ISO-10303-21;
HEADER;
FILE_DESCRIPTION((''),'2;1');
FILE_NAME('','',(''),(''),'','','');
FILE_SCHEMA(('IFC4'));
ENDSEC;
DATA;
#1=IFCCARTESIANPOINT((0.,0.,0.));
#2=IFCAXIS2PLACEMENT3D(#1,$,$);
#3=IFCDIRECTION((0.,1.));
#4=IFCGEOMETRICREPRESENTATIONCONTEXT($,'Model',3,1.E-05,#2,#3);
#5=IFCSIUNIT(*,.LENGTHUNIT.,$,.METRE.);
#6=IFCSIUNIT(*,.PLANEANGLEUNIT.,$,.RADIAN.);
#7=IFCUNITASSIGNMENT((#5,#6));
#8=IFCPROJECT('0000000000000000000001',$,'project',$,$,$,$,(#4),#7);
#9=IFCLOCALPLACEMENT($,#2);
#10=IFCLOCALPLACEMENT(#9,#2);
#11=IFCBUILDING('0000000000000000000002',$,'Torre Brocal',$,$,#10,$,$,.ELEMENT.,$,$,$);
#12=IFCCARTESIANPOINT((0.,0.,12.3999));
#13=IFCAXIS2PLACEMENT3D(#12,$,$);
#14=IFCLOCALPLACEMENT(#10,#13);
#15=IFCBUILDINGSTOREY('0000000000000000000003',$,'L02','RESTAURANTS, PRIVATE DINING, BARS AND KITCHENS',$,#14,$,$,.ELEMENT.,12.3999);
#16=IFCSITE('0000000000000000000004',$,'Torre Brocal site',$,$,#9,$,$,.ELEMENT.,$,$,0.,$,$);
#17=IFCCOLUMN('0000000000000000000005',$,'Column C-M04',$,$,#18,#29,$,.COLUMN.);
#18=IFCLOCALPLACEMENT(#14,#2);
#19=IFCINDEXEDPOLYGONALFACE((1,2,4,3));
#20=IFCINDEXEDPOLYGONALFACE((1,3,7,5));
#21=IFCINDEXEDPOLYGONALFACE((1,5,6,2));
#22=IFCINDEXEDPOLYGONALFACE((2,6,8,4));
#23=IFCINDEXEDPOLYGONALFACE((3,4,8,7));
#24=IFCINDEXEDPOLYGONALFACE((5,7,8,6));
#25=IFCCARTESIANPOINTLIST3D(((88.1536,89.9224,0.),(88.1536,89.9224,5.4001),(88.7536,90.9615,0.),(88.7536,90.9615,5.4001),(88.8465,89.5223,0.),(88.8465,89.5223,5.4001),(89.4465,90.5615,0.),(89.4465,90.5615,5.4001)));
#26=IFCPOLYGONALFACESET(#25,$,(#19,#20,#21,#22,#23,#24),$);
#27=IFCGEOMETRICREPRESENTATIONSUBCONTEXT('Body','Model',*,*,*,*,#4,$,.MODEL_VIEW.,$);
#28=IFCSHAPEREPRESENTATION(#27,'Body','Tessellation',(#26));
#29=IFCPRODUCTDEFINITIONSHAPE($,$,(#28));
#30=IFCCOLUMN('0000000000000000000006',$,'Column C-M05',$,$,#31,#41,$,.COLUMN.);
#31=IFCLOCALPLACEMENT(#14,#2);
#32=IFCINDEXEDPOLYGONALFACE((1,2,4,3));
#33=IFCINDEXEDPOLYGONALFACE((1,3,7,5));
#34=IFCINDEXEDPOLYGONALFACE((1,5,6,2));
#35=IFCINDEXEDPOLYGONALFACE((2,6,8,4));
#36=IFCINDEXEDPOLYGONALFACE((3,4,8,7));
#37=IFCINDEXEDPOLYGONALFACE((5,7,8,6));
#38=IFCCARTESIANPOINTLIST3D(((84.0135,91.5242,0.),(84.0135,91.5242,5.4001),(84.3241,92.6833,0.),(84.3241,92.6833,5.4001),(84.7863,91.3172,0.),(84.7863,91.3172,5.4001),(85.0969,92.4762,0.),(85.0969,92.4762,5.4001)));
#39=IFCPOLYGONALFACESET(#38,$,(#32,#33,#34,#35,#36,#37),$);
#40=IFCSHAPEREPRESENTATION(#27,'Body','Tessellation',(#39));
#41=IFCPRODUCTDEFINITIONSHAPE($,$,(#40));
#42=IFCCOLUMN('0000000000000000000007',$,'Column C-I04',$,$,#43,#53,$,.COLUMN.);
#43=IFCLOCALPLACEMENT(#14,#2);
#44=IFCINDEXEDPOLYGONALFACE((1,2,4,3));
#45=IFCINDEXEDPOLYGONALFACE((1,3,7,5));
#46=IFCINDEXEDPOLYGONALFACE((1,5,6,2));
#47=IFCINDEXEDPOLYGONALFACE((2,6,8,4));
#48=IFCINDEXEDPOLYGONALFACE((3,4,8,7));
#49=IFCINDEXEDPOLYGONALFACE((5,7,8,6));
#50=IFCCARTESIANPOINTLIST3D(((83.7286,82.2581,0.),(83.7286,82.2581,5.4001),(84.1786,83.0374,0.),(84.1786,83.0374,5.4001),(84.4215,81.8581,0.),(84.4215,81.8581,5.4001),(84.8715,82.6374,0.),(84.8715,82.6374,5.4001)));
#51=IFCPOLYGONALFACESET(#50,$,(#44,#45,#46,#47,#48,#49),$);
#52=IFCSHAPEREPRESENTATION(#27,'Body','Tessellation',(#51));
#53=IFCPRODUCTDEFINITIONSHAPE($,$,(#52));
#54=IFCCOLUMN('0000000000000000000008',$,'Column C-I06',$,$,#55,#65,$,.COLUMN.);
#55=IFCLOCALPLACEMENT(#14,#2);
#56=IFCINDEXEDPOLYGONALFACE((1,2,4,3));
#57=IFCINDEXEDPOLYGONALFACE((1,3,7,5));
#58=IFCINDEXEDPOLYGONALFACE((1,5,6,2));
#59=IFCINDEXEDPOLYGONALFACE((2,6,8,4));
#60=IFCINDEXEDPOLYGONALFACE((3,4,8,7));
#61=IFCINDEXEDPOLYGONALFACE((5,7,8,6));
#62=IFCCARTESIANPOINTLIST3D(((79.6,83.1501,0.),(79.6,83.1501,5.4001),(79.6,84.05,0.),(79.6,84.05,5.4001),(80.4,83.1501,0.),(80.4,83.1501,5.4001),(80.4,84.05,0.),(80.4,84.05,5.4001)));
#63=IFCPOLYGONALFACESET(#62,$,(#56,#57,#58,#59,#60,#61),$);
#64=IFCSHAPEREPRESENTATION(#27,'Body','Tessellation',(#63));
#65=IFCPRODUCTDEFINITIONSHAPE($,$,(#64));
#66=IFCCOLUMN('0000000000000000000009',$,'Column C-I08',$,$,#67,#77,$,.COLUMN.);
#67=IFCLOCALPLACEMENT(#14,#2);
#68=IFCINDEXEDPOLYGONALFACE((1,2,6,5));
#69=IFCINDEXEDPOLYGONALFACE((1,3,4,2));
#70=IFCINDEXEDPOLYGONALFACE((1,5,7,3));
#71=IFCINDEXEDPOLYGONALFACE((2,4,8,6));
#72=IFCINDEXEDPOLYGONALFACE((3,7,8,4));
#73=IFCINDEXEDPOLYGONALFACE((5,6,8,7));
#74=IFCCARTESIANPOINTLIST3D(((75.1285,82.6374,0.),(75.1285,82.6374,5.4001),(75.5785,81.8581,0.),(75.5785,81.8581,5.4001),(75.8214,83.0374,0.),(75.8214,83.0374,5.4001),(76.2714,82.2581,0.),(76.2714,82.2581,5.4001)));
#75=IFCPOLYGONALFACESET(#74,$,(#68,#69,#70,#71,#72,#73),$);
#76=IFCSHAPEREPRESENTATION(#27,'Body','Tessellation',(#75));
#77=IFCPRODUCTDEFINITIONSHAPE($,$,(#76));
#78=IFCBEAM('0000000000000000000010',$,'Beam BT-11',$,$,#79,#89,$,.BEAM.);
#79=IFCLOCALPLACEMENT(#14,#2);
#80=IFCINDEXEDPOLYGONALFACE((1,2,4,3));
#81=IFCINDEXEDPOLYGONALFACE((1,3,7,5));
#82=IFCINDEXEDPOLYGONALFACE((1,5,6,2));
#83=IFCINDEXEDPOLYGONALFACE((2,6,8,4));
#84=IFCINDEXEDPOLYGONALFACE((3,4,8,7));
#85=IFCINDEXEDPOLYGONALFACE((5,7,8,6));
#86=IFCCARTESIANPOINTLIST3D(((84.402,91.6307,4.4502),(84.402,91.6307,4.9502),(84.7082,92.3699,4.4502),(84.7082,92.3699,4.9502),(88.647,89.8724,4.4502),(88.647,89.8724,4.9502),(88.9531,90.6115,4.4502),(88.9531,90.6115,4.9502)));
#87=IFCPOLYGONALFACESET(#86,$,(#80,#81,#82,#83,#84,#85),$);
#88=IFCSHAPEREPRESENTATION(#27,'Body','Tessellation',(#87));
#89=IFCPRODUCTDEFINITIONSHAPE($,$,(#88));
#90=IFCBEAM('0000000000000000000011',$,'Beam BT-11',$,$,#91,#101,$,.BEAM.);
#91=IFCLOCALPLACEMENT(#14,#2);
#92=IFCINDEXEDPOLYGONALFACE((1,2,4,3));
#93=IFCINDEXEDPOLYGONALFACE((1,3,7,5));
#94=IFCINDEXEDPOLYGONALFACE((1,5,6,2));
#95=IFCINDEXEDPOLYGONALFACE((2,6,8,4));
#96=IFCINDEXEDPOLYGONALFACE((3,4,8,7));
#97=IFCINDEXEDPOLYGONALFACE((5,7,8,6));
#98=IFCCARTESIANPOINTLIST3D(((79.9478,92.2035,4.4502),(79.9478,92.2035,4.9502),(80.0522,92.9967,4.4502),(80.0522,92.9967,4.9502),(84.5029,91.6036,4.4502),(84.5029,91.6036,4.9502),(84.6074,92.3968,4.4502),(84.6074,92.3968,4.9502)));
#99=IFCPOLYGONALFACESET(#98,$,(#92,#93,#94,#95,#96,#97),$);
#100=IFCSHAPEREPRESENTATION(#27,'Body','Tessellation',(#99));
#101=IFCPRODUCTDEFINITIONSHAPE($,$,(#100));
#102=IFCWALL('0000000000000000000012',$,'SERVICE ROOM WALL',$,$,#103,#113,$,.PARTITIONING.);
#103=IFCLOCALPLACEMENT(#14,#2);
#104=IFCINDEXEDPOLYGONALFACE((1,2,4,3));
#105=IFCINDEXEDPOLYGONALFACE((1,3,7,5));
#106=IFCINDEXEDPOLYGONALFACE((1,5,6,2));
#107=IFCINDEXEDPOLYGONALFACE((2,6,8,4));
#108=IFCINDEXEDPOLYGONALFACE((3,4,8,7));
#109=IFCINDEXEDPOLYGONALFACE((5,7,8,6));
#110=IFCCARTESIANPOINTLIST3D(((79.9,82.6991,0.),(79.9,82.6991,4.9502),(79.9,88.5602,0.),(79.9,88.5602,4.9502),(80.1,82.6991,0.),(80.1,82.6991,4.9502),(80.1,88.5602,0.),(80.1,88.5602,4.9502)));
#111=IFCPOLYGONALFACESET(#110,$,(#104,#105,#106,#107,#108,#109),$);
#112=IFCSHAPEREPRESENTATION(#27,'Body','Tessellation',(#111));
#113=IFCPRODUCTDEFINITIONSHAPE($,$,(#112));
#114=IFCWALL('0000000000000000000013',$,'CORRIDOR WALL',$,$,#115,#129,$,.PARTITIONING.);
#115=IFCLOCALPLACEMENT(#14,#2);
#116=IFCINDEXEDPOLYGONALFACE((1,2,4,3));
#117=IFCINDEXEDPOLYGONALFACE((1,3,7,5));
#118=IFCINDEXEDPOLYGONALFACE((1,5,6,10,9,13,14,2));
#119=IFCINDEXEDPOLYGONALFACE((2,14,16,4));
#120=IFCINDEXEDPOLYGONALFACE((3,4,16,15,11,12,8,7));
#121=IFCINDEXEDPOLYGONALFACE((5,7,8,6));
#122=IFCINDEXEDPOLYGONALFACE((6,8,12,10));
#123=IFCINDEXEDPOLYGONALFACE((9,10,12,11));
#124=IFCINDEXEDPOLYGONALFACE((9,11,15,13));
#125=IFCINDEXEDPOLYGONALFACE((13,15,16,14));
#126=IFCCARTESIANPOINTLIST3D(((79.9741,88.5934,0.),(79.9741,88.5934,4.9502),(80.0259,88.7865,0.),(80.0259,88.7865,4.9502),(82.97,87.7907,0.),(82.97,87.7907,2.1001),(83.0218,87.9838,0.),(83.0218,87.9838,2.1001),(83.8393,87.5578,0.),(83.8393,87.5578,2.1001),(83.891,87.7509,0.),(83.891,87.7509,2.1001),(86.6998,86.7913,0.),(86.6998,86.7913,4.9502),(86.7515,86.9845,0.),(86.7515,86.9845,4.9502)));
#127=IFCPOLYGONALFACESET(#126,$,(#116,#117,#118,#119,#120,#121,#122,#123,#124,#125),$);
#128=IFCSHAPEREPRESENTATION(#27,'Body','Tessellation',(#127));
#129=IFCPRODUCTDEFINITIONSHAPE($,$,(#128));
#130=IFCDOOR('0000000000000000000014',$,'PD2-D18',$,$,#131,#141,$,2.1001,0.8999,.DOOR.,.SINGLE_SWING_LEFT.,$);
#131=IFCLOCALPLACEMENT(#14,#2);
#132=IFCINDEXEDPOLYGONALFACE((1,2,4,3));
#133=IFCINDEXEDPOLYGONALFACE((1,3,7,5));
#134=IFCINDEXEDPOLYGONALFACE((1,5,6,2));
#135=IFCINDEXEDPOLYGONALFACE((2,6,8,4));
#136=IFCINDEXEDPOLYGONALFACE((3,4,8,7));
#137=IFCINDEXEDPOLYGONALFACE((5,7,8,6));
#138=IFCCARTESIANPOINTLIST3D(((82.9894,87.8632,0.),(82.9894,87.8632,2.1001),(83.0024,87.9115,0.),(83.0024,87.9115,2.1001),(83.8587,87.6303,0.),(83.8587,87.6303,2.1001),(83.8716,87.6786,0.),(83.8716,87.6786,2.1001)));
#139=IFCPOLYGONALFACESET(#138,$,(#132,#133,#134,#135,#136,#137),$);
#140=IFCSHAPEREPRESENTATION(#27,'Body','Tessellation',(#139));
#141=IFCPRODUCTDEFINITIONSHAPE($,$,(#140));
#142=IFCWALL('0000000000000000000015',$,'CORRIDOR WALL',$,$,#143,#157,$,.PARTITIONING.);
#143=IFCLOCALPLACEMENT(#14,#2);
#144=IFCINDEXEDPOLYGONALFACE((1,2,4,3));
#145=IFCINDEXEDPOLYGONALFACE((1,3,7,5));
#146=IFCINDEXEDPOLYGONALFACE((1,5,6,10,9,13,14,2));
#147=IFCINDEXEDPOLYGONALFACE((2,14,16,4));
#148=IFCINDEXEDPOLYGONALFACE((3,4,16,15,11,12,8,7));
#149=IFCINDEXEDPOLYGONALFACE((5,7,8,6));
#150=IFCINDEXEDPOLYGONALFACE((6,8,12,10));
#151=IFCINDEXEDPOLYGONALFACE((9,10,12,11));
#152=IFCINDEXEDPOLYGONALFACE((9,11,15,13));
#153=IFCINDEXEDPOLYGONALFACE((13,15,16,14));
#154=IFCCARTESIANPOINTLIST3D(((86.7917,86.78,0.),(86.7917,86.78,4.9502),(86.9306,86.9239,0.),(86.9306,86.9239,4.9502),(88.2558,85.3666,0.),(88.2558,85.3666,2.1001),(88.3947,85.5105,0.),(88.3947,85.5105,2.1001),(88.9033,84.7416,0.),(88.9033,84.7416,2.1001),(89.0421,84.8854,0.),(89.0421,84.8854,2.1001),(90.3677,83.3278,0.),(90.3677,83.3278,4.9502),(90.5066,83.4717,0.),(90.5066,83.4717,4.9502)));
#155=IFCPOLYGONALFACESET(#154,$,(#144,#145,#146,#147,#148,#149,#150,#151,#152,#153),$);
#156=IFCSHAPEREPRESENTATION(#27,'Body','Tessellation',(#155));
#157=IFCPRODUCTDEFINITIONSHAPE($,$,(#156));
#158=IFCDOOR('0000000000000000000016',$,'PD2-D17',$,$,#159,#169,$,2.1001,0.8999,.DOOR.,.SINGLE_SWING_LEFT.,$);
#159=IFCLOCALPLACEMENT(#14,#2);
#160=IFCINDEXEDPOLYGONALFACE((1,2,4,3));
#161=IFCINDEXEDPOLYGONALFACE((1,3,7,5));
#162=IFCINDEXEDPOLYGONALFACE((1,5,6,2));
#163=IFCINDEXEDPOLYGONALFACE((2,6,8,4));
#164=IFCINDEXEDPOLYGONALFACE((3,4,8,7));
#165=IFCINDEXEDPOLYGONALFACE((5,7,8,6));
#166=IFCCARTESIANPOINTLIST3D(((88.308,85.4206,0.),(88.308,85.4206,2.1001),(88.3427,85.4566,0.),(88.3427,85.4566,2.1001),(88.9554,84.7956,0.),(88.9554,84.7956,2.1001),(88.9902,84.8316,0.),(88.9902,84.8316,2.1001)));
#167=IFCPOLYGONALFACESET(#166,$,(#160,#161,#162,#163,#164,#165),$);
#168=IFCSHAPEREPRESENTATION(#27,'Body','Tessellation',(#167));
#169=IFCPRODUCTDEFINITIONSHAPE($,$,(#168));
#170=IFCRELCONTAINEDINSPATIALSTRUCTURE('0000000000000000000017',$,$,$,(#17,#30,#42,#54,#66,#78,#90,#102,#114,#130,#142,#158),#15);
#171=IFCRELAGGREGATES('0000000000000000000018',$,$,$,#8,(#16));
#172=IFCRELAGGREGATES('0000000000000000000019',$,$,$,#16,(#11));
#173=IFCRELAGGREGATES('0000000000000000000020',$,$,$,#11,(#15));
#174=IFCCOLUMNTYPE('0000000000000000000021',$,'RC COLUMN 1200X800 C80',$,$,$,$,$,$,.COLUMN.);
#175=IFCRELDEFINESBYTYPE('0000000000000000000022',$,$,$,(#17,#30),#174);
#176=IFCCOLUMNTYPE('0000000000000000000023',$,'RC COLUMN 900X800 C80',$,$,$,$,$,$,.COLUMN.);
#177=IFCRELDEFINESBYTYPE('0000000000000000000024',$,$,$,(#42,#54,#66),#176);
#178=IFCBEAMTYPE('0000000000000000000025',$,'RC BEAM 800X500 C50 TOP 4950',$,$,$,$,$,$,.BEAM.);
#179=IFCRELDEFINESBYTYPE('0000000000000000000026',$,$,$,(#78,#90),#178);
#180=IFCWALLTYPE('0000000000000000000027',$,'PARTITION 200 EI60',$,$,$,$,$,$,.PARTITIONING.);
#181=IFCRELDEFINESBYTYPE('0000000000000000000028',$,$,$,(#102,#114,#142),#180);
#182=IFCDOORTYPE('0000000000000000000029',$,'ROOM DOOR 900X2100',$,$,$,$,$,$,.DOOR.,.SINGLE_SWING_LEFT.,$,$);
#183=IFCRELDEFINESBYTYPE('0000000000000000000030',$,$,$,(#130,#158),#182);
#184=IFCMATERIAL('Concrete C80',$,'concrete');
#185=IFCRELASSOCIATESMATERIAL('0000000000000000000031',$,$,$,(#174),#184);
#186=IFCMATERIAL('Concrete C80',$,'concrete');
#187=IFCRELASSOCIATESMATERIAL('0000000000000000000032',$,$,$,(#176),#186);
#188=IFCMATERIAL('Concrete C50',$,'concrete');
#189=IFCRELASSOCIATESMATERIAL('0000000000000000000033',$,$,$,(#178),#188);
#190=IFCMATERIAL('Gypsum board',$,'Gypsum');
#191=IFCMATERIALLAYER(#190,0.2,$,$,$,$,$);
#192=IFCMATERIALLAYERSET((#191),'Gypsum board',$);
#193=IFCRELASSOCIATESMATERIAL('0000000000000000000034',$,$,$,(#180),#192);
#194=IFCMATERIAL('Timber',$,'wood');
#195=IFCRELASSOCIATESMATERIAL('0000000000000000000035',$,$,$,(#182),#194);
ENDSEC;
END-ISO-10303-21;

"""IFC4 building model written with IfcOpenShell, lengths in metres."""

from ifc_helpers import new_model, si_unit, direction, frame, frame_2d, origin, origin_2d, place, context, subcontext, project, spatial, rectangle, extrude, material, layer, layer_set, material_profile, profile_set, type_object, element, fill, save


model = new_model("IFC4")

# Units and contexts
model_context = context("Model", 3, precision=1e-05, world=origin(), true_north=direction((0.0, 1.0)))
body_context = subcontext(model_context, "Body", "Model", "MODEL_VIEW")
ifc_project = project(units=[si_unit("LENGTHUNIT", "METRE"), si_unit("PLANEANGLEUNIT", "RADIAN")], contexts=[model_context])

# Site, building, storey
site_placement = place(None, origin())
site = spatial("IfcSite", under=ifc_project, at=site_placement, Name="Torre Brocal site", CompositionType="ELEMENT", RefElevation=0.0)
building_placement = place(site_placement, origin())
building = spatial("IfcBuilding", under=site, at=building_placement, Name="Torre Brocal", CompositionType="ELEMENT")
storey_placement = place(building_placement, frame((0.0, 0.0, 12.3999)))
storey = spatial("IfcBuildingStorey", under=building, at=storey_placement, Name="L02", Description="RESTAURANTS, PRIVATE DINING, BARS AND KITCHENS", CompositionType="ELEMENT", Elevation=12.3999)

# Columns
ifc_material_1 = material(Name="Concrete C80", Category="concrete")
ifc_material_profile_1 = material_profile(ifc_material_1, rectangle(XDim=1.2, YDim=0.8, at=origin_2d()), Name="RC 1200X800")
ifc_profile_set_1 = profile_set([ifc_material_profile_1], Name="Concrete C80")
column_type_1 = type_object("IfcColumnType", Name="RC COLUMN 1200X800 C80", PredefinedType="COLUMN", material=ifc_profile_set_1)
for number, where, z_axis, x_axis, name in (
    (1, (88.8, 90.2419, 0.0), (0.0, 0.0, 1.0), (0.5, 0.866025, 0.0), "Column C-M04"),
    (2, (84.5552, 92.0002, 0.0), (0.0, 0.0, 1.0), (0.258819, 0.965926, 0.0), "Column C-M05"),
):
    element("IfcColumn", number, at=place(storey_placement, frame(where, z_axis=z_axis, x_axis=x_axis)), inside=storey, type_object=column_type_1, Name=name, PredefinedType="COLUMN", context=body_context, shape_type="SweptSolid", body=[
        extrude(rectangle(XDim=1.2, YDim=0.8, at=origin_2d()), origin(), (0.0, 0.0, 1.0), 5.4001),
    ])
ifc_material_2 = material(Name="Concrete C80", Category="concrete")
ifc_material_profile_2 = material_profile(ifc_material_2, rectangle(XDim=0.8999, YDim=0.8, at=origin_2d()), Name="RC 900X800")
ifc_profile_set_2 = profile_set([ifc_material_profile_2], Name="Concrete C80")
column_type_2 = type_object("IfcColumnType", Name="RC COLUMN 900X800 C80", PredefinedType="COLUMN", material=ifc_profile_set_2)
for number, where, z_axis, x_axis, name in (
    (3, (84.3, 82.4478, 0.0), (0.0, 0.0, 1.0), (0.5, 0.866025, 0.0), "Column C-I04"),
    (4, (80.0, 83.6001, 0.0), (0.0, 0.0, 1.0), (0.0, 1.0, 0.0), "Column C-I06"),
    (5, (75.7, 82.4478, 0.0), (0.0, 0.0, 1.0), (-0.5, 0.866025, 0.0), "Column C-I08"),
):
    element("IfcColumn", number, at=place(storey_placement, frame(where, z_axis=z_axis, x_axis=x_axis)), inside=storey, type_object=column_type_2, Name=name, PredefinedType="COLUMN", context=body_context, shape_type="SweptSolid", body=[
        extrude(rectangle(XDim=0.8999, YDim=0.8, at=origin_2d()), origin(), (0.0, 0.0, 1.0), 5.4001),
    ])

# Beams
ifc_material_3 = material(Name="Concrete C50", Category="concrete")
ifc_material_profile_3 = material_profile(ifc_material_3, rectangle(XDim=0.8, YDim=0.5, at=origin_2d()), Name="RC 800X500")
ifc_profile_set_3 = profile_set([ifc_material_profile_3], Name="Concrete C50")
beam_type = type_object("IfcBeamType", Name="RC BEAM 800X500 C50 TOP 4950", PredefinedType="BEAM", material=ifc_profile_set_3)
beam_1_placement = place(storey_placement, frame((88.8, 90.2419, 4.7002), z_axis=(-0.923878, 0.382687, 0.0), x_axis=(-0.382687, -0.923878, 0.0)))
element("IfcBeam", 6, at=beam_1_placement, inside=storey, type_object=beam_type, Name="Beam BT-11", PredefinedType="BEAM", context=body_context, shape_type="SweptSolid", body=[
    extrude(rectangle(XDim=0.8, YDim=0.5, at=origin_2d()), origin(), (0.0, 0.0, 1.0), 4.5947),
])
beam_2_placement = place(storey_placement, frame((84.5552, 92.0002, 4.7002), z_axis=(-0.991441, 0.130559, 0.0), x_axis=(-0.130559, -0.991441, 0.0)))
element("IfcBeam", 7, at=beam_2_placement, inside=storey, type_object=beam_type, Name="Beam BT-11", PredefinedType="BEAM", context=body_context, shape_type="SweptSolid", body=[
    extrude(rectangle(XDim=0.8, YDim=0.5, at=origin_2d()), origin(), (0.0, 0.0, 1.0), 4.5945),
])

# Wall
ifc_material_4 = material(Name="Gypsum board", Category="Gypsum")
ifc_layer_1 = layer(ifc_material_4, 0.2)
ifc_layer_set_1 = layer_set([ifc_layer_1], Name="Gypsum board")
wall_type_1 = type_object("IfcWallType", Name="PARTITION 200 EI60", PredefinedType="PARTITIONING", material=ifc_layer_set_1)
wall_1_placement = place(storey_placement, frame((80.0, 82.699, 0.0), z_axis=(0.0, 0.0, 1.0), x_axis=(0.0, 1.0, 0.0)))
element("IfcWall", 8, at=wall_1_placement, inside=storey, type_object=wall_type_1, Name="SERVICE ROOM WALL", PredefinedType="PARTITIONING", context=body_context, shape_type="SweptSolid", body=[
    extrude(rectangle(XDim=5.8611, YDim=0.2, at=frame_2d((2.9307, 0.0))), origin(), (0.0, 0.0, 1.0), 4.9502),
])

# Walls, openings, doors
wall_2_placement = place(storey_placement, frame((80.0, 88.6899, 0.0), z_axis=(0.0, 0.0, 1.0), x_axis=(0.96593, -0.258804, 0.0)))
wall_2 = element("IfcWall", 9, at=wall_2_placement, inside=storey, type_object=wall_type_1, Name="CORRIDOR WALL", PredefinedType="PARTITIONING", context=body_context, shape_type="SweptSolid", body=[
    extrude(rectangle(XDim=6.9629, YDim=0.2, at=frame_2d((3.4814, 0.0))), origin(), (0.0, 0.0, 1.0), 4.9502),
])
opening_1_placement = place(wall_2_placement, frame((3.1016, 0.0, 0.0)))
opening_1 = element("IfcOpeningElement", 10, at=opening_1_placement, cuts=wall_2, PredefinedType="OPENING", context=body_context, shape_type="SweptSolid", body=[
    extrude(rectangle(XDim=0.8999, YDim=2.1001, at=frame_2d((0.45, 1.05))), frame((0.0, 0.1099, 0.0), z_axis=(0.0, -1.0, 0.0), x_axis=(1.0, 0.0, 0.0)), (0.0, 0.0, 1.0), 0.22),
])
ifc_material_5 = material(Name="Timber", Category="wood")
door_type_1 = type_object("IfcDoorType", Name="ROOM DOOR 900X2100", OperationType="SINGLE_SWING_LEFT", PredefinedType="DOOR", material=ifc_material_5)
door_1_placement = place(opening_1_placement, frame((0.8999, 0.0, 0.0), z_axis=(0.0, 0.0, 1.0), x_axis=(-1.0, 0.0, 0.0)))
door_1 = element("IfcDoor", 11, at=door_1_placement, inside=storey, type_object=door_type_1, Name="PD2-D18", OperationType="SINGLE_SWING_LEFT", OverallHeight=2.1001, OverallWidth=0.8999, PredefinedType="DOOR", context=body_context, shape_type="SweptSolid", body=[
    extrude(rectangle(XDim=0.8999, YDim=2.1001, at=frame_2d((0.45, 1.05))), frame((0.0, 0.0249, 0.0), z_axis=(0.0, -1.0, 0.0), x_axis=(1.0, 0.0, 0.0)), (0.0, 0.0, 1.0), 0.05),
])
fill(opening_1, door_1)
wall_3_placement = place(storey_placement, frame((86.8611, 86.8521, 0.0), z_axis=(0.0, 0.0, 1.0), x_axis=(0.719449, -0.694545, 0.0)))
wall_3 = element("IfcWall", 12, at=wall_3_placement, inside=storey, type_object=wall_type_1, Name="CORRIDOR WALL", PredefinedType="PARTITIONING", context=body_context, shape_type="SweptSolid", body=[
    extrude(rectangle(XDim=4.9705, YDim=0.2, at=frame_2d((2.4854, 0.0))), origin(), (0.0, 0.0, 1.0), 4.9502),
])
opening_2_placement = place(wall_3_placement, frame((2.0352, 0.0, 0.0)))
opening_2 = element("IfcOpeningElement", 13, at=opening_2_placement, cuts=wall_3, PredefinedType="OPENING", context=body_context, shape_type="SweptSolid", body=[
    extrude(rectangle(XDim=0.8999, YDim=2.1001, at=frame_2d((0.45, 1.05))), frame((0.0, 0.1099, 0.0), z_axis=(0.0, -1.0, 0.0), x_axis=(1.0, 0.0, 0.0)), (0.0, 0.0, 1.0), 0.22),
])
door_2_placement = place(opening_2_placement, frame((0.8999, 0.0, 0.0), z_axis=(0.0, 0.0, 1.0), x_axis=(-1.0, 0.0, 0.0)))
door_2 = element("IfcDoor", 14, at=door_2_placement, inside=storey, type_object=door_type_1, Name="PD2-D17", OperationType="SINGLE_SWING_LEFT", OverallHeight=2.1001, OverallWidth=0.8999, PredefinedType="DOOR", context=body_context, shape_type="SweptSolid", body=[
    extrude(rectangle(XDim=0.8999, YDim=2.1001, at=frame_2d((0.45, 1.05))), frame((0.0, 0.0249, 0.0), z_axis=(0.0, -1.0, 0.0), x_axis=(1.0, 0.0, 0.0)), (0.0, 0.0, 1.0), 0.05),
])
fill(opening_2, door_2)

save(model, "model.ifc")
